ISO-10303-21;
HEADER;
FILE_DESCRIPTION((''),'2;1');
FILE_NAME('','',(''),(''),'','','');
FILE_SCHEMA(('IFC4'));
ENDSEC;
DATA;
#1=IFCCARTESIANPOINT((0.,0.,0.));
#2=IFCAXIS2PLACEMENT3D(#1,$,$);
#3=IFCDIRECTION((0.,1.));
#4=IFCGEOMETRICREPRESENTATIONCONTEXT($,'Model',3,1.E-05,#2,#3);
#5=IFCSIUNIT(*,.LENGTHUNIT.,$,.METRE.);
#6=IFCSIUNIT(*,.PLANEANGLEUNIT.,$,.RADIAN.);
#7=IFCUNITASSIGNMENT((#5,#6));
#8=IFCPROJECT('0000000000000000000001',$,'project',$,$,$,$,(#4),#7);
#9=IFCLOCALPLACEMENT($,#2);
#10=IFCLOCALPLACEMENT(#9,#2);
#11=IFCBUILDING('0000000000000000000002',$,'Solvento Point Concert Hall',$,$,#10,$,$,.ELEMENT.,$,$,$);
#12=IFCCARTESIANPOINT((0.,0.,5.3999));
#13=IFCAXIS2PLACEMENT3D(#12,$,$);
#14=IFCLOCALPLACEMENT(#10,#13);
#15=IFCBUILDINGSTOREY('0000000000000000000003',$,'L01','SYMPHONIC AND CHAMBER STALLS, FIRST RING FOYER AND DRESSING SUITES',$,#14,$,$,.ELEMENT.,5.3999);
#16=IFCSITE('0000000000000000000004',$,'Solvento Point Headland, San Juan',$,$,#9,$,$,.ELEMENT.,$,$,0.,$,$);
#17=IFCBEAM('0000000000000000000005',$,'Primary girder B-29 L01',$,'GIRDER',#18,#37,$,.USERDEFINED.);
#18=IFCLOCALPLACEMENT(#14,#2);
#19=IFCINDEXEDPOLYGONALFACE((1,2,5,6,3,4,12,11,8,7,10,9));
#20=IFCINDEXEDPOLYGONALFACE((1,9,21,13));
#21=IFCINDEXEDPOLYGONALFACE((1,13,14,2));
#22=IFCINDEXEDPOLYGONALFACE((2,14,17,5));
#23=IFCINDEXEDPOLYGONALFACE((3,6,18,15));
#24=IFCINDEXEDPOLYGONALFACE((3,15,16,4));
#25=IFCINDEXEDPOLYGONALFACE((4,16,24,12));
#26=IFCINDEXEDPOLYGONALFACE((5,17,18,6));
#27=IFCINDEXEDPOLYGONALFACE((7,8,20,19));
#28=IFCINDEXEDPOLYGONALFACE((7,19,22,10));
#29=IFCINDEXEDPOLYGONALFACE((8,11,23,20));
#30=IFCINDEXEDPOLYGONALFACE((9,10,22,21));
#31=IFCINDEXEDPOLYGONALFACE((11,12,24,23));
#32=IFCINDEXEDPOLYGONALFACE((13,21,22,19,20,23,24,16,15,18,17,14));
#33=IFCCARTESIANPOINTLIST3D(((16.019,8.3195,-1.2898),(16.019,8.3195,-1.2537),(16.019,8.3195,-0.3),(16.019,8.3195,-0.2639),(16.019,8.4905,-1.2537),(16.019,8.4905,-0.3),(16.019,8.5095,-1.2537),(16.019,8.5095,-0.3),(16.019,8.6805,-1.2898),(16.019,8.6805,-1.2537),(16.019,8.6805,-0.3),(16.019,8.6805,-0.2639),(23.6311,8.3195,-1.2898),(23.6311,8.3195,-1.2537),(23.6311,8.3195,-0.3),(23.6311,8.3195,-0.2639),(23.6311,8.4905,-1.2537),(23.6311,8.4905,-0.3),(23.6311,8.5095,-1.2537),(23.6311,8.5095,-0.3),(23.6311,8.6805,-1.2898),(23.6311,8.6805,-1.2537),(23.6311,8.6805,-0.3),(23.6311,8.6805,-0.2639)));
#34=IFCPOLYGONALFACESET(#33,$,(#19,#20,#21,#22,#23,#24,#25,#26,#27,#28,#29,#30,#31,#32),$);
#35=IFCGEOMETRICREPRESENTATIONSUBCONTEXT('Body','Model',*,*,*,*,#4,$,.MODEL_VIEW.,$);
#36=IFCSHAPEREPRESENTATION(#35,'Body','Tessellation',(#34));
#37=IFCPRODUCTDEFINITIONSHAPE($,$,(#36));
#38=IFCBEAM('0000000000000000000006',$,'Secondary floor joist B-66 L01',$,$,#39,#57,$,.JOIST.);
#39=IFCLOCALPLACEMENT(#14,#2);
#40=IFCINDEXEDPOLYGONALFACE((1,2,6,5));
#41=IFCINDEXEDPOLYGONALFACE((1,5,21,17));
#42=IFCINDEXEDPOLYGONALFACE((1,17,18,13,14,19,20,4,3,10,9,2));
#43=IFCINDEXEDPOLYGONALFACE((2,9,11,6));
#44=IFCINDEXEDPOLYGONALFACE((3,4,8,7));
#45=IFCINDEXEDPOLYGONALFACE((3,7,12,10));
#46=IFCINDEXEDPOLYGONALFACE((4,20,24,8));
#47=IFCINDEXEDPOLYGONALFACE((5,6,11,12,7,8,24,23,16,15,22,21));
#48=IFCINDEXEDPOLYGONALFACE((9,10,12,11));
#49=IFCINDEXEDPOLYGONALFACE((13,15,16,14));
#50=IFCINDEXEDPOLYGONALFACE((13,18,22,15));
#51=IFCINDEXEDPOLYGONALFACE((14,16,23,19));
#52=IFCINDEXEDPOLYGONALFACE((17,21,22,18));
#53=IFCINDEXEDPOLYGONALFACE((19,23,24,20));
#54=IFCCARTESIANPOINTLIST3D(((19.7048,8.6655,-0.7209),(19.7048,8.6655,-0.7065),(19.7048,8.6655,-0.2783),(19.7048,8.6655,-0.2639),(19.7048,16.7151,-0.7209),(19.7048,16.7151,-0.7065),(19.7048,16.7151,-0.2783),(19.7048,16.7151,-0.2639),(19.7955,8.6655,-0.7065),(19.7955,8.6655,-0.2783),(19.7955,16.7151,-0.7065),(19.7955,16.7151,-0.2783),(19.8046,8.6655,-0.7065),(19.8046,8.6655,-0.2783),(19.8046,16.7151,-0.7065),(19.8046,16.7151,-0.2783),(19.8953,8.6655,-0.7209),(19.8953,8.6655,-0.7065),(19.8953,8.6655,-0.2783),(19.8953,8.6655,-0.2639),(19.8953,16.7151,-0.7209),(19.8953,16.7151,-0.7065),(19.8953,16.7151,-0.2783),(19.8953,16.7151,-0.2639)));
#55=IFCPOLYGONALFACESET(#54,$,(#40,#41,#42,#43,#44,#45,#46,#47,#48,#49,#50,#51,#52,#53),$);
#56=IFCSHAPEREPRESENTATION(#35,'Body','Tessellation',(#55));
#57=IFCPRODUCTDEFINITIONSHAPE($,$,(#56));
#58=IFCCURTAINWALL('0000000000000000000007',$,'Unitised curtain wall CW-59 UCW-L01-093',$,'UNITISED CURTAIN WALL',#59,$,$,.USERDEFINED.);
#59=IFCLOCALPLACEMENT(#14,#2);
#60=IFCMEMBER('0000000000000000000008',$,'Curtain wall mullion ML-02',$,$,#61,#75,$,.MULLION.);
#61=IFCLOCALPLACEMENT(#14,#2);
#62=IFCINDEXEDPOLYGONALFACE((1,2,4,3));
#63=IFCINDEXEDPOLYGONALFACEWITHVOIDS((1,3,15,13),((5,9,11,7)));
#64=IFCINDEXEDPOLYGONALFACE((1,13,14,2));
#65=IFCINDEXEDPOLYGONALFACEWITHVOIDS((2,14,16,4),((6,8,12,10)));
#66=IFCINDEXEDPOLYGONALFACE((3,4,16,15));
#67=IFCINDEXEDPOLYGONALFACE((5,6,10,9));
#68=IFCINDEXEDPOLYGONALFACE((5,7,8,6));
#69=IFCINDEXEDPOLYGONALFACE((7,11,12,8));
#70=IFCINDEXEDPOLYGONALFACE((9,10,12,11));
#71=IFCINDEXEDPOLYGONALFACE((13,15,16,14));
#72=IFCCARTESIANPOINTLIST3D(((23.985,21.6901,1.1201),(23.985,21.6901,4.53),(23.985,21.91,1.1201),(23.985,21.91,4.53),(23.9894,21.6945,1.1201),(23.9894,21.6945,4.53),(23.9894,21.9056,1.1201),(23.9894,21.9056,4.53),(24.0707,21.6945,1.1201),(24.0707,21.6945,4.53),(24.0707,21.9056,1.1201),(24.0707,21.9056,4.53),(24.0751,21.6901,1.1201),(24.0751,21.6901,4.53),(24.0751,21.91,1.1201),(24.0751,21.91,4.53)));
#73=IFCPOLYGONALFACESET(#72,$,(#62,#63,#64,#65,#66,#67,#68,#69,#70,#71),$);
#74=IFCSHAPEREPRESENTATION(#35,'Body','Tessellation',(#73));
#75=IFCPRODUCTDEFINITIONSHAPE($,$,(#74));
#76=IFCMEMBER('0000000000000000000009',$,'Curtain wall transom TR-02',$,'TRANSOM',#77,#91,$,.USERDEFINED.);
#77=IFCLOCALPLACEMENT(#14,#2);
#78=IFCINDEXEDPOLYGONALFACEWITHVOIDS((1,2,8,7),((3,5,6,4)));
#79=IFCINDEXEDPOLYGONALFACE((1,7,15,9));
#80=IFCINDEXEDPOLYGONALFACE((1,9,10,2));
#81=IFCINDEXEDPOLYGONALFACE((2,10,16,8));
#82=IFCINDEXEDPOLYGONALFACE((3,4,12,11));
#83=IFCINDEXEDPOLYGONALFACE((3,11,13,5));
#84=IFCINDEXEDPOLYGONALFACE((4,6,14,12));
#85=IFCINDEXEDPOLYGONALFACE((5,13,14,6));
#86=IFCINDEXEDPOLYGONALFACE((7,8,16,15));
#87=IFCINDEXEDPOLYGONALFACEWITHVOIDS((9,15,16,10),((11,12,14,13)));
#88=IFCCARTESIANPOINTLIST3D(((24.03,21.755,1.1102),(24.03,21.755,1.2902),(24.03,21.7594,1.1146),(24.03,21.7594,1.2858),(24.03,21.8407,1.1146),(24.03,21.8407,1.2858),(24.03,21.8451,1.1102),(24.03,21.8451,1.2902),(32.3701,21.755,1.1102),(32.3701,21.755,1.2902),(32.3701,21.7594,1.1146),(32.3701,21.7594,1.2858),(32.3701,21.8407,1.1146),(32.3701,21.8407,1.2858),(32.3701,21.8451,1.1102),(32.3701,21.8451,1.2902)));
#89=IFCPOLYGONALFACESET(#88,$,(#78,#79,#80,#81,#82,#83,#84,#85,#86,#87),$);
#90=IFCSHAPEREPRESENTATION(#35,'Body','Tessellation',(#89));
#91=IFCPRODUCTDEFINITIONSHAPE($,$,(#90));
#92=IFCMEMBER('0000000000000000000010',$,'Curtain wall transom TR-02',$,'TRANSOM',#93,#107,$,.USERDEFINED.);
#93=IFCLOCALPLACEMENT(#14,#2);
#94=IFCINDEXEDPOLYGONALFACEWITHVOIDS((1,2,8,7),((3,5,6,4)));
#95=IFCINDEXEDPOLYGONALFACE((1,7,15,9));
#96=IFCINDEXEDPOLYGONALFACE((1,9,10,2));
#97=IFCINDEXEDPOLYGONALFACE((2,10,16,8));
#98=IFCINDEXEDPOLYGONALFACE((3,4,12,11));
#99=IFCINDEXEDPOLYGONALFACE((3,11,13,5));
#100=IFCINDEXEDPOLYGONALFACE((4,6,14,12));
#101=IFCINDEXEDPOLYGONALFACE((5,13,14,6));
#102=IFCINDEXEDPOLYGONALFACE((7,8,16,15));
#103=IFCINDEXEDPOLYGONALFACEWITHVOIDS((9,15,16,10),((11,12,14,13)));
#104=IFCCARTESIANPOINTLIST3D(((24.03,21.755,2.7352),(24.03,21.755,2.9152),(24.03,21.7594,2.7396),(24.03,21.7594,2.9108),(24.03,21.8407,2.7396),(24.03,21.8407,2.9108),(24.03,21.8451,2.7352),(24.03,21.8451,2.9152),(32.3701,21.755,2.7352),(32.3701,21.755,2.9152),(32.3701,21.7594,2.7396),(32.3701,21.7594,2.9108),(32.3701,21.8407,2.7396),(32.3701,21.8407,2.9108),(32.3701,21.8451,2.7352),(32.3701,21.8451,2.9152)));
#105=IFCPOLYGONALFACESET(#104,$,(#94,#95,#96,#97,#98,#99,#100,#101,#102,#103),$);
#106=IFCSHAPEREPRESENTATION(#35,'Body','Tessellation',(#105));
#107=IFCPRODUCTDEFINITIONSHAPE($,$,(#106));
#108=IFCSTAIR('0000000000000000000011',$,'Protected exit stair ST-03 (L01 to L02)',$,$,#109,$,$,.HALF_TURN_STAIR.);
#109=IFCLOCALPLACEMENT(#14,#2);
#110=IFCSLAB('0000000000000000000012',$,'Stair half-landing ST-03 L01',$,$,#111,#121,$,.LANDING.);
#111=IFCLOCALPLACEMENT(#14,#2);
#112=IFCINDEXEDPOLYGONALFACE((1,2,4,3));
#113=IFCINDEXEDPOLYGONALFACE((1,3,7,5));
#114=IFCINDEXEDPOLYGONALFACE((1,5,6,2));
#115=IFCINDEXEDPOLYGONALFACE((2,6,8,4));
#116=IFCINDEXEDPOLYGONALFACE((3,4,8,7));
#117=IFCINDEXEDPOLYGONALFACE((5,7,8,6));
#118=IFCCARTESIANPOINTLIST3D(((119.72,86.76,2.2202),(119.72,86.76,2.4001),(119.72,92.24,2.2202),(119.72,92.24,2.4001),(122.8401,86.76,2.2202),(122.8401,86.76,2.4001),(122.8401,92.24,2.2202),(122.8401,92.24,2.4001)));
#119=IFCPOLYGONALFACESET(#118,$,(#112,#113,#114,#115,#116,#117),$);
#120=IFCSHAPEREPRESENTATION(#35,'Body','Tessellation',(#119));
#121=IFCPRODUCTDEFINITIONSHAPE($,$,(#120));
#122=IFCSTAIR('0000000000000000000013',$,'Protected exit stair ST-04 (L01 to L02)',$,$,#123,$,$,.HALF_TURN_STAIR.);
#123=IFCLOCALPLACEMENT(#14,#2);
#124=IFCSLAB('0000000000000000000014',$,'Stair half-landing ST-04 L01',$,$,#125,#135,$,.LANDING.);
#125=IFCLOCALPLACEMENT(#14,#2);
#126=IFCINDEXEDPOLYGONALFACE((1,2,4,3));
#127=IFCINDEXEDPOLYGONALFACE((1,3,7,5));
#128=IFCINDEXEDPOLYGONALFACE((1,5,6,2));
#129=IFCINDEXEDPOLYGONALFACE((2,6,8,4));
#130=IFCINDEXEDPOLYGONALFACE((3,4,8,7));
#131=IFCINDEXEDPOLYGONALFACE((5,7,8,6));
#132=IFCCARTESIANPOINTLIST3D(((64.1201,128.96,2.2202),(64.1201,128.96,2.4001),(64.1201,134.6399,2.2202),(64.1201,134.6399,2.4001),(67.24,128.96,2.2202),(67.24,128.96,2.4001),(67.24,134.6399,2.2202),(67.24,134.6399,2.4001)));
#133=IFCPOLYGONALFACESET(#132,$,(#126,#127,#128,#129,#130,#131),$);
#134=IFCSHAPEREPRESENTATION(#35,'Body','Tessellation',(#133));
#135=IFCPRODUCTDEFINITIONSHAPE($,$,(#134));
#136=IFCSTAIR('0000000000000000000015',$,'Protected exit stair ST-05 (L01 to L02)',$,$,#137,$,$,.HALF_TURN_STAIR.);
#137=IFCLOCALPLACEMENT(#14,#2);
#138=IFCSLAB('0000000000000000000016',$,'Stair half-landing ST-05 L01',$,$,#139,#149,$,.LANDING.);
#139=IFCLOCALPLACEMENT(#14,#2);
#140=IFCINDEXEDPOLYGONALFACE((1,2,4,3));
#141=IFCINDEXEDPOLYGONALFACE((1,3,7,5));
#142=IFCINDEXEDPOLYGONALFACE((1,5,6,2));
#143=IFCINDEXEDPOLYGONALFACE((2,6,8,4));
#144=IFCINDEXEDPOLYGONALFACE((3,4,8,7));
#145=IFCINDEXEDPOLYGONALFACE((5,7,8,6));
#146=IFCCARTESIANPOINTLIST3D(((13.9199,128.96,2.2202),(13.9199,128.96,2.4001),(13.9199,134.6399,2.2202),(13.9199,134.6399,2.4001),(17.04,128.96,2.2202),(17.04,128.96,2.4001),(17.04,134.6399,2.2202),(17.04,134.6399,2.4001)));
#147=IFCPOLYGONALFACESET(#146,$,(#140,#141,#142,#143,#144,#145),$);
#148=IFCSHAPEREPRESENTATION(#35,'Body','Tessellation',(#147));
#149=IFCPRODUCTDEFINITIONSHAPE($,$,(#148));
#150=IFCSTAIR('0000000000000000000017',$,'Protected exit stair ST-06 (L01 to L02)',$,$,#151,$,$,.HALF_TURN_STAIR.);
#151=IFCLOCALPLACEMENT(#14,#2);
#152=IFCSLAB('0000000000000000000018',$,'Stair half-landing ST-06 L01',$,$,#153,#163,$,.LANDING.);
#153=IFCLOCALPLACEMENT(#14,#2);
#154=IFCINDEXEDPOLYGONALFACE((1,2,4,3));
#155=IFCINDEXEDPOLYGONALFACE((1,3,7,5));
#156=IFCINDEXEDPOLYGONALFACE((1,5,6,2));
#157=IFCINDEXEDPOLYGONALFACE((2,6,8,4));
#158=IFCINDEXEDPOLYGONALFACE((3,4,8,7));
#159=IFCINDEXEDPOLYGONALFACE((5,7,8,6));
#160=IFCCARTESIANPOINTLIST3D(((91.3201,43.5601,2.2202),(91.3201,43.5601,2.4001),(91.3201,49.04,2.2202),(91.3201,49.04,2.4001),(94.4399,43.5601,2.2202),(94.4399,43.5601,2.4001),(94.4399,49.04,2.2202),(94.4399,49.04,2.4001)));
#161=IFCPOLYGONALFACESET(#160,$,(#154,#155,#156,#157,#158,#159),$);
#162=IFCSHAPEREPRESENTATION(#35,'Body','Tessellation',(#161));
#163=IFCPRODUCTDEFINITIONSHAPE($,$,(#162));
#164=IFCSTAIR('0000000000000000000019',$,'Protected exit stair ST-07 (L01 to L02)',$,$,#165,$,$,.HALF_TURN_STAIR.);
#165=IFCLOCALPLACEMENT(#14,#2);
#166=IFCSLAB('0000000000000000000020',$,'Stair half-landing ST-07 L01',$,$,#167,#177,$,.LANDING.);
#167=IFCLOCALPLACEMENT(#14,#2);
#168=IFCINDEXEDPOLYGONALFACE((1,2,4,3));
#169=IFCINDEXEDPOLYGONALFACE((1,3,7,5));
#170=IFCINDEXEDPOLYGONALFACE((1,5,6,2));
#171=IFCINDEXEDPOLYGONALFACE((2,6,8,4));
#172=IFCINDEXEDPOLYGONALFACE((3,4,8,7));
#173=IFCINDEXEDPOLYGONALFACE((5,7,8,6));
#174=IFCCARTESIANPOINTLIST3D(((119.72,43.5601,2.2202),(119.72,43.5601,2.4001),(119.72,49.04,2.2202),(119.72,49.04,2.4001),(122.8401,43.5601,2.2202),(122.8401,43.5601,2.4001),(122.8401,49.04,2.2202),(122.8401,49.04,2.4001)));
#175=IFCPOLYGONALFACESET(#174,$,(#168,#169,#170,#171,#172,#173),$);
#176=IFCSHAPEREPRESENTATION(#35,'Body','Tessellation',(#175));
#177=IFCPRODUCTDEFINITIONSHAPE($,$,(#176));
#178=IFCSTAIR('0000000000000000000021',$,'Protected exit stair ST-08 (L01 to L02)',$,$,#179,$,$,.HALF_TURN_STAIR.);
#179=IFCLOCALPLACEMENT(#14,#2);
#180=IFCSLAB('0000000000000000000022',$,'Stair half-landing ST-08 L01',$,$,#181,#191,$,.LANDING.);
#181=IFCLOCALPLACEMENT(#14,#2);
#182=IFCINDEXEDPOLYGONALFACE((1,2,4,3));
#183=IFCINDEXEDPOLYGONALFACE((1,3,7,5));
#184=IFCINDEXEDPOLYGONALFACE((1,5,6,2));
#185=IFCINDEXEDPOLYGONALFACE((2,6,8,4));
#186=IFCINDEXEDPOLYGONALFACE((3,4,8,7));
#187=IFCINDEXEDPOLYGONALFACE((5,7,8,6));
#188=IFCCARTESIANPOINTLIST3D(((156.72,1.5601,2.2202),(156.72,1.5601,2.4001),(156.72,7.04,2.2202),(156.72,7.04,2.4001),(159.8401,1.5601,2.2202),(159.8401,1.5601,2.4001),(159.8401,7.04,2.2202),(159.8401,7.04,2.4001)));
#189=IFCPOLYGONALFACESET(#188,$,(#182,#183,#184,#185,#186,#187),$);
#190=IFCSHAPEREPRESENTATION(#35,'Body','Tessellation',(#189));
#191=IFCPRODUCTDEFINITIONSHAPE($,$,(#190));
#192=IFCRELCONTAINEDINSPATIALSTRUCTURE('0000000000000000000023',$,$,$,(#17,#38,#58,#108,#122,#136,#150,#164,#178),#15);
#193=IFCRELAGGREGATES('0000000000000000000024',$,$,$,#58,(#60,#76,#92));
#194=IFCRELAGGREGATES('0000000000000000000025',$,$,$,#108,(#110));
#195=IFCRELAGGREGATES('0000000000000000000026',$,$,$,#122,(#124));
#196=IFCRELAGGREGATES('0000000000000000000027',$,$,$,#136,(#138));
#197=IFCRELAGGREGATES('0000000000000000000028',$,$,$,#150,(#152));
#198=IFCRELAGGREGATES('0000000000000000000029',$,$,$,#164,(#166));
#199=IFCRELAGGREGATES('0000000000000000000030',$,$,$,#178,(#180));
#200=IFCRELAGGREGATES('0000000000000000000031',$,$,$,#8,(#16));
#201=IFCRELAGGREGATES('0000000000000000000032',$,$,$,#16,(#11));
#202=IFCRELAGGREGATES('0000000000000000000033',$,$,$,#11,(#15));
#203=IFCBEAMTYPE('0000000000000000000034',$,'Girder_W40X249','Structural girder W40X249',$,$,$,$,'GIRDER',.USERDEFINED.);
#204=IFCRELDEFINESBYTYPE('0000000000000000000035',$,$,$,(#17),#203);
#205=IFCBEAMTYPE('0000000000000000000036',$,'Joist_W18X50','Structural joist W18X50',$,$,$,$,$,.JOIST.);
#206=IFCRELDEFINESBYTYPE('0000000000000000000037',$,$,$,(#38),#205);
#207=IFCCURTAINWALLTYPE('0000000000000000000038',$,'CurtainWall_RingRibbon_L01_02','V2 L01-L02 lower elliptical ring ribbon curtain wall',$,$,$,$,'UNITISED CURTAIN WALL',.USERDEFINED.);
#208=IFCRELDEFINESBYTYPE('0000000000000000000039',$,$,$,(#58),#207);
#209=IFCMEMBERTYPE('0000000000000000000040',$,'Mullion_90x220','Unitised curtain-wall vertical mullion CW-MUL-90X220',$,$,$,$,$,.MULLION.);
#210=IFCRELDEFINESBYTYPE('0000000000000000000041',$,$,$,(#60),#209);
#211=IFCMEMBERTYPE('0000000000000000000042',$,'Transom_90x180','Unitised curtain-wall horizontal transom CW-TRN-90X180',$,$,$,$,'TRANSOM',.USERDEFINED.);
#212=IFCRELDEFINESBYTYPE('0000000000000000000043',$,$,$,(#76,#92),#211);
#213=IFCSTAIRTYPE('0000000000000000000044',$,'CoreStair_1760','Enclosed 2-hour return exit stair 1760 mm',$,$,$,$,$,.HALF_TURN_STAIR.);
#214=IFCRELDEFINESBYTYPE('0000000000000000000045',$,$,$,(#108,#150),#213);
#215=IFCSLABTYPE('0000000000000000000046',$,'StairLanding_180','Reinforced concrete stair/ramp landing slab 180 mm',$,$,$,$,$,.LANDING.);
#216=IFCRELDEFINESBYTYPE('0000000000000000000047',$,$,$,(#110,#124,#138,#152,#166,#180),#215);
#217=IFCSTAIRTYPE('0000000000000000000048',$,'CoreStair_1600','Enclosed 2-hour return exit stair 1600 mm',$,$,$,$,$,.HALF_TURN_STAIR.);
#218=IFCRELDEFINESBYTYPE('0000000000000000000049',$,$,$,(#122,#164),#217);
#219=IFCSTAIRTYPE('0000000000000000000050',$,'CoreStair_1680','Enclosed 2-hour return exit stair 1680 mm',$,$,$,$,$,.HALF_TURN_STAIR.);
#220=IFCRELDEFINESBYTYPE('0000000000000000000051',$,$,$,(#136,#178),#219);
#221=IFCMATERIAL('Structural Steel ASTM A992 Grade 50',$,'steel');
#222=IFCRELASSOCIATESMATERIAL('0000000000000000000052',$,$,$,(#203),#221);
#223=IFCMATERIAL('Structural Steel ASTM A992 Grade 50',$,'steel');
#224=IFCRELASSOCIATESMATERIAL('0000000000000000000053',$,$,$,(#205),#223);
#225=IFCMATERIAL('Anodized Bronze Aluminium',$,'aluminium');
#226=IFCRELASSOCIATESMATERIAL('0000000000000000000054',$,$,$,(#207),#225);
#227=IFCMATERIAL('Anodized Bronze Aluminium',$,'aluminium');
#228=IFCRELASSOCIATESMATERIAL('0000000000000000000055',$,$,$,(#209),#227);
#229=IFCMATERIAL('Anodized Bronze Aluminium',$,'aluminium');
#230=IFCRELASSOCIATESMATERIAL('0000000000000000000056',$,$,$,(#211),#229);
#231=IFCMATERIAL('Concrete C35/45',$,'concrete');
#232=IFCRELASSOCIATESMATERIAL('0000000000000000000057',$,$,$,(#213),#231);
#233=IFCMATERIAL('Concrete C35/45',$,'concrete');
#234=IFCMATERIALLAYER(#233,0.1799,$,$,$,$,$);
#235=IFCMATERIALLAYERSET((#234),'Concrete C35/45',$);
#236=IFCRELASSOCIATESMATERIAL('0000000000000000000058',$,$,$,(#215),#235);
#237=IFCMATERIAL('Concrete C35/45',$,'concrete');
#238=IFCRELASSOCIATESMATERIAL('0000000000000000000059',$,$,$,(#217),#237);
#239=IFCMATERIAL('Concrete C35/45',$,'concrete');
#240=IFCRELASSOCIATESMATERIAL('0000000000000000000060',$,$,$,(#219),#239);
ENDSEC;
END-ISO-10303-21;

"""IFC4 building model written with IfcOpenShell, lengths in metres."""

from ifc_helpers import new_model, si_unit, direction, frame, origin, origin_2d, place, context, subcontext, project, spatial, polyline, hollow_rectangle, i_section, outline, extrude, material, layer, layer_set, material_profile, profile_set, type_object, element, aggregate, save


model = new_model("IFC4")

# Units and contexts
model_context = context("Model", 3, precision=1e-05, world=origin(), true_north=direction((0.0, 1.0)))
body_context = subcontext(model_context, "Body", "Model", "MODEL_VIEW")
ifc_project = project(units=[si_unit("LENGTHUNIT", "METRE"), si_unit("PLANEANGLEUNIT", "RADIAN")], contexts=[model_context])

# Site, building, storey
site_placement = place(None, origin())
site = spatial("IfcSite", under=ifc_project, at=site_placement, Name="Solvento Point Headland, San Juan", CompositionType="ELEMENT", RefElevation=0.0)
building_placement = place(site_placement, origin())
building = spatial("IfcBuilding", under=site, at=building_placement, Name="Solvento Point Concert Hall", CompositionType="ELEMENT")
storey_placement = place(building_placement, frame((0.0, 0.0, 5.3999)))
storey = spatial("IfcBuildingStorey", under=building, at=storey_placement, Name="L01", Description="SYMPHONIC AND CHAMBER STALLS, FIRST RING FOYER AND DRESSING SUITES", CompositionType="ELEMENT", Elevation=5.3999)

# Beams
ifc_material_1 = material(Name="Structural Steel ASTM A992 Grade 50", Category="steel")
ifc_material_profile_1 = material_profile(ifc_material_1, i_section(OverallWidth=0.3611, OverallDepth=1.0259, WebThickness=0.019, FlangeThickness=0.0361, at=origin_2d()), Name="W40X249")
ifc_profile_set_1 = profile_set([ifc_material_profile_1], Name="Structural Steel ASTM A992 Grade 50")
beam_type_1 = type_object("IfcBeamType", Name="Girder_W40X249", Description="Structural girder W40X249", ElementType="GIRDER", PredefinedType="USERDEFINED", material=ifc_profile_set_1)
beam_1_placement = place(storey_placement, frame((16.019, 8.5, -0.7769), z_axis=(1.0, 0.0, 0.0), x_axis=(0.0, 1.0, 0.0)))
element("IfcBeam", 1, at=beam_1_placement, inside=storey, type_object=beam_type_1, Name="Primary girder B-29 L01", ObjectType="GIRDER", PredefinedType="USERDEFINED", context=body_context, shape_type="SweptSolid", body=[
    extrude(i_section(OverallWidth=0.3611, OverallDepth=1.0259, WebThickness=0.019, FlangeThickness=0.0361, at=origin_2d()), origin(), (0.0, 0.0, 1.0), 7.6121),
])
ifc_material_2 = material(Name="Structural Steel ASTM A992 Grade 50", Category="steel")
ifc_material_profile_2 = material_profile(ifc_material_2, i_section(OverallWidth=0.1904, OverallDepth=0.457, WebThickness=0.009, FlangeThickness=0.0144, at=origin_2d()), Name="W18X50")
ifc_profile_set_2 = profile_set([ifc_material_profile_2], Name="Structural Steel ASTM A992 Grade 50")
beam_type_2 = type_object("IfcBeamType", Name="Joist_W18X50", Description="Structural joist W18X50", PredefinedType="JOIST", material=ifc_profile_set_2)
beam_2_placement = place(storey_placement, frame((19.8, 8.6655, -0.4924), z_axis=(0.0, 1.0, 0.0), x_axis=(-1.0, 0.0, 0.0)))
element("IfcBeam", 2, at=beam_2_placement, inside=storey, type_object=beam_type_2, Name="Secondary floor joist B-66 L01", PredefinedType="JOIST", context=body_context, shape_type="SweptSolid", body=[
    extrude(i_section(OverallWidth=0.1904, OverallDepth=0.457, WebThickness=0.009, FlangeThickness=0.0144, at=origin_2d()), origin(), (0.0, 0.0, 1.0), 8.0496),
])

# Curtain wall, members
ifc_material_3 = material(Name="Anodized Bronze Aluminium", Category="aluminium")
curtain_wall_type = type_object("IfcCurtainWallType", Name="CurtainWall_RingRibbon_L01_02", Description="V2 L01-L02 lower elliptical ring ribbon curtain wall", ElementType="UNITISED CURTAIN WALL", PredefinedType="USERDEFINED", material=ifc_material_3)
curtain_wall_placement = place(storey_placement, origin())
curtain_wall = element("IfcCurtainWall", 3, at=curtain_wall_placement, inside=storey, type_object=curtain_wall_type, Name="Unitised curtain wall CW-59 UCW-L01-093", ObjectType="UNITISED CURTAIN WALL", PredefinedType="USERDEFINED")
ifc_material_4 = material(Name="Anodized Bronze Aluminium", Category="aluminium")
ifc_material_profile_3 = material_profile(ifc_material_4, hollow_rectangle(XDim=0.0901, YDim=0.22, WallThickness=0.0044, at=origin_2d()), Name="CW-MUL-90X220")
ifc_profile_set_3 = profile_set([ifc_material_profile_3], Name="Anodized Bronze Aluminium")
member_type_1 = type_object("IfcMemberType", Name="Mullion_90x220", Description="Unitised curtain-wall vertical mullion CW-MUL-90X220", PredefinedType="MULLION", material=ifc_profile_set_3)
member_1_placement = place(storey_placement, frame((24.03, 21.8, 1.1201), z_axis=(0.0, 0.0, 1.0), x_axis=(1.0, 0.0, 0.0)))
member_1 = element("IfcMember", 4, at=member_1_placement, type_object=member_type_1, Name="Curtain wall mullion ML-02", PredefinedType="MULLION", context=body_context, shape_type="SweptSolid", body=[
    extrude(hollow_rectangle(XDim=0.0901, YDim=0.22, WallThickness=0.0044, at=origin_2d()), origin(), (0.0, 0.0, 1.0), 3.4099),
])
ifc_material_5 = material(Name="Anodized Bronze Aluminium", Category="aluminium")
ifc_material_profile_4 = material_profile(ifc_material_5, hollow_rectangle(XDim=0.0901, YDim=0.1799, WallThickness=0.0044, at=origin_2d()), Name="CW-TRN-90X180")
ifc_profile_set_4 = profile_set([ifc_material_profile_4], Name="Anodized Bronze Aluminium")
member_type_2 = type_object("IfcMemberType", Name="Transom_90x180", Description="Unitised curtain-wall horizontal transom CW-TRN-90X180", ElementType="TRANSOM", PredefinedType="USERDEFINED", material=ifc_profile_set_4)
member_2_placement = place(storey_placement, frame((24.03, 21.8, 1.2002), z_axis=(1.0, 0.0, 0.0), x_axis=(0.0, 1.0, 0.0)))
member_2 = element("IfcMember", 5, at=member_2_placement, type_object=member_type_2, Name="Curtain wall transom TR-02", ObjectType="TRANSOM", PredefinedType="USERDEFINED", context=body_context, shape_type="SweptSolid", body=[
    extrude(hollow_rectangle(XDim=0.0901, YDim=0.1799, WallThickness=0.0044, at=origin_2d()), origin(), (0.0, 0.0, 1.0), 8.3401),
])
member_3_placement = place(storey_placement, frame((24.03, 21.8, 2.8252), z_axis=(1.0, 0.0, 0.0), x_axis=(0.0, 1.0, 0.0)))
member_3 = element("IfcMember", 6, at=member_3_placement, type_object=member_type_2, Name="Curtain wall transom TR-02", ObjectType="TRANSOM", PredefinedType="USERDEFINED", context=body_context, shape_type="SweptSolid", body=[
    extrude(hollow_rectangle(XDim=0.0901, YDim=0.1799, WallThickness=0.0044, at=origin_2d()), origin(), (0.0, 0.0, 1.0), 8.3401),
])
aggregate(curtain_wall, [member_1, member_2, member_3])

# Stairs, slabs
ifc_material_6 = material(Name="Concrete C35/45", Category="concrete")
stair_type_1 = type_object("IfcStairType", Name="CoreStair_1760", Description="Enclosed 2-hour return exit stair 1760 mm", PredefinedType="HALF_TURN_STAIR", material=ifc_material_6)
stair_1_placement = place(storey_placement, origin())
stair_1 = element("IfcStair", 7, at=stair_1_placement, inside=storey, type_object=stair_type_1, Name="Protected exit stair ST-03 (L01 to L02)", PredefinedType="HALF_TURN_STAIR")
ifc_material_7 = material(Name="Concrete C35/45", Category="concrete")
ifc_layer_1 = layer(ifc_material_7, 0.1799)
ifc_layer_set_1 = layer_set([ifc_layer_1], Name="Concrete C35/45")
slab_type = type_object("IfcSlabType", Name="StairLanding_180", Description="Reinforced concrete stair/ramp landing slab 180 mm", PredefinedType="LANDING", material=ifc_layer_set_1)
slab_1_placement = place(storey_placement, frame((0.0, 0.0, 2.2202)))
slab_1 = element("IfcSlab", 8, at=slab_1_placement, type_object=slab_type, Name="Stair half-landing ST-03 L01", PredefinedType="LANDING", context=body_context, shape_type="SweptSolid", body=[
    extrude(outline(polyline([(119.72, 86.76), (122.8401, 86.76), (122.8401, 92.24), (119.72, 92.24), (119.72, 86.76)])), origin(), (0.0, 0.0, 1.0), 0.1799),
])
aggregate(stair_1, [slab_1])
ifc_material_8 = material(Name="Concrete C35/45", Category="concrete")
stair_type_2 = type_object("IfcStairType", Name="CoreStair_1600", Description="Enclosed 2-hour return exit stair 1600 mm", PredefinedType="HALF_TURN_STAIR", material=ifc_material_8)
stair_2_placement = place(storey_placement, origin())
stair_2 = element("IfcStair", 9, at=stair_2_placement, inside=storey, type_object=stair_type_2, Name="Protected exit stair ST-04 (L01 to L02)", PredefinedType="HALF_TURN_STAIR")
slab_2_placement = place(storey_placement, frame((0.0, 0.0, 2.2202)))
slab_2 = element("IfcSlab", 10, at=slab_2_placement, type_object=slab_type, Name="Stair half-landing ST-04 L01", PredefinedType="LANDING", context=body_context, shape_type="SweptSolid", body=[
    extrude(outline(polyline([(64.1201, 128.96), (67.24, 128.96), (67.24, 134.6399), (64.1201, 134.6399), (64.1201, 128.96)])), origin(), (0.0, 0.0, 1.0), 0.1799),
])
aggregate(stair_2, [slab_2])
ifc_material_9 = material(Name="Concrete C35/45", Category="concrete")
stair_type_3 = type_object("IfcStairType", Name="CoreStair_1680", Description="Enclosed 2-hour return exit stair 1680 mm", PredefinedType="HALF_TURN_STAIR", material=ifc_material_9)
stair_3_placement = place(storey_placement, origin())
stair_3 = element("IfcStair", 11, at=stair_3_placement, inside=storey, type_object=stair_type_3, Name="Protected exit stair ST-05 (L01 to L02)", PredefinedType="HALF_TURN_STAIR")
slab_3_placement = place(storey_placement, frame((0.0, 0.0, 2.2202)))
slab_3 = element("IfcSlab", 12, at=slab_3_placement, type_object=slab_type, Name="Stair half-landing ST-05 L01", PredefinedType="LANDING", context=body_context, shape_type="SweptSolid", body=[
    extrude(outline(polyline([(13.9199, 128.96), (17.04, 128.96), (17.04, 134.6399), (13.9199, 134.6399), (13.9199, 128.96)])), origin(), (0.0, 0.0, 1.0), 0.1799),
])
aggregate(stair_3, [slab_3])
stair_4_placement = place(storey_placement, origin())
stair_4 = element("IfcStair", 13, at=stair_4_placement, inside=storey, type_object=stair_type_1, Name="Protected exit stair ST-06 (L01 to L02)", PredefinedType="HALF_TURN_STAIR")
slab_4_placement = place(storey_placement, frame((0.0, 0.0, 2.2202)))
slab_4 = element("IfcSlab", 14, at=slab_4_placement, type_object=slab_type, Name="Stair half-landing ST-06 L01", PredefinedType="LANDING", context=body_context, shape_type="SweptSolid", body=[
    extrude(outline(polyline([(91.3201, 43.5601), (94.4399, 43.5601), (94.4399, 49.04), (91.3201, 49.04), (91.3201, 43.5601)])), origin(), (0.0, 0.0, 1.0), 0.1799),
])
aggregate(stair_4, [slab_4])
stair_5_placement = place(storey_placement, origin())
stair_5 = element("IfcStair", 15, at=stair_5_placement, inside=storey, type_object=stair_type_2, Name="Protected exit stair ST-07 (L01 to L02)", PredefinedType="HALF_TURN_STAIR")
slab_5_placement = place(storey_placement, frame((0.0, 0.0, 2.2202)))
slab_5 = element("IfcSlab", 16, at=slab_5_placement, type_object=slab_type, Name="Stair half-landing ST-07 L01", PredefinedType="LANDING", context=body_context, shape_type="SweptSolid", body=[
    extrude(outline(polyline([(119.72, 43.5601), (122.8401, 43.5601), (122.8401, 49.04), (119.72, 49.04), (119.72, 43.5601)])), origin(), (0.0, 0.0, 1.0), 0.1799),
])
aggregate(stair_5, [slab_5])
stair_6_placement = place(storey_placement, origin())
stair_6 = element("IfcStair", 17, at=stair_6_placement, inside=storey, type_object=stair_type_3, Name="Protected exit stair ST-08 (L01 to L02)", PredefinedType="HALF_TURN_STAIR")
slab_6_placement = place(storey_placement, frame((0.0, 0.0, 2.2202)))
slab_6 = element("IfcSlab", 18, at=slab_6_placement, type_object=slab_type, Name="Stair half-landing ST-08 L01", PredefinedType="LANDING", context=body_context, shape_type="SweptSolid", body=[
    extrude(outline(polyline([(156.72, 1.5601), (159.8401, 1.5601), (159.8401, 7.04), (156.72, 7.04), (156.72, 1.5601)])), origin(), (0.0, 0.0, 1.0), 0.1799),
])
aggregate(stair_6, [slab_6])

save(model, "model.ifc")
